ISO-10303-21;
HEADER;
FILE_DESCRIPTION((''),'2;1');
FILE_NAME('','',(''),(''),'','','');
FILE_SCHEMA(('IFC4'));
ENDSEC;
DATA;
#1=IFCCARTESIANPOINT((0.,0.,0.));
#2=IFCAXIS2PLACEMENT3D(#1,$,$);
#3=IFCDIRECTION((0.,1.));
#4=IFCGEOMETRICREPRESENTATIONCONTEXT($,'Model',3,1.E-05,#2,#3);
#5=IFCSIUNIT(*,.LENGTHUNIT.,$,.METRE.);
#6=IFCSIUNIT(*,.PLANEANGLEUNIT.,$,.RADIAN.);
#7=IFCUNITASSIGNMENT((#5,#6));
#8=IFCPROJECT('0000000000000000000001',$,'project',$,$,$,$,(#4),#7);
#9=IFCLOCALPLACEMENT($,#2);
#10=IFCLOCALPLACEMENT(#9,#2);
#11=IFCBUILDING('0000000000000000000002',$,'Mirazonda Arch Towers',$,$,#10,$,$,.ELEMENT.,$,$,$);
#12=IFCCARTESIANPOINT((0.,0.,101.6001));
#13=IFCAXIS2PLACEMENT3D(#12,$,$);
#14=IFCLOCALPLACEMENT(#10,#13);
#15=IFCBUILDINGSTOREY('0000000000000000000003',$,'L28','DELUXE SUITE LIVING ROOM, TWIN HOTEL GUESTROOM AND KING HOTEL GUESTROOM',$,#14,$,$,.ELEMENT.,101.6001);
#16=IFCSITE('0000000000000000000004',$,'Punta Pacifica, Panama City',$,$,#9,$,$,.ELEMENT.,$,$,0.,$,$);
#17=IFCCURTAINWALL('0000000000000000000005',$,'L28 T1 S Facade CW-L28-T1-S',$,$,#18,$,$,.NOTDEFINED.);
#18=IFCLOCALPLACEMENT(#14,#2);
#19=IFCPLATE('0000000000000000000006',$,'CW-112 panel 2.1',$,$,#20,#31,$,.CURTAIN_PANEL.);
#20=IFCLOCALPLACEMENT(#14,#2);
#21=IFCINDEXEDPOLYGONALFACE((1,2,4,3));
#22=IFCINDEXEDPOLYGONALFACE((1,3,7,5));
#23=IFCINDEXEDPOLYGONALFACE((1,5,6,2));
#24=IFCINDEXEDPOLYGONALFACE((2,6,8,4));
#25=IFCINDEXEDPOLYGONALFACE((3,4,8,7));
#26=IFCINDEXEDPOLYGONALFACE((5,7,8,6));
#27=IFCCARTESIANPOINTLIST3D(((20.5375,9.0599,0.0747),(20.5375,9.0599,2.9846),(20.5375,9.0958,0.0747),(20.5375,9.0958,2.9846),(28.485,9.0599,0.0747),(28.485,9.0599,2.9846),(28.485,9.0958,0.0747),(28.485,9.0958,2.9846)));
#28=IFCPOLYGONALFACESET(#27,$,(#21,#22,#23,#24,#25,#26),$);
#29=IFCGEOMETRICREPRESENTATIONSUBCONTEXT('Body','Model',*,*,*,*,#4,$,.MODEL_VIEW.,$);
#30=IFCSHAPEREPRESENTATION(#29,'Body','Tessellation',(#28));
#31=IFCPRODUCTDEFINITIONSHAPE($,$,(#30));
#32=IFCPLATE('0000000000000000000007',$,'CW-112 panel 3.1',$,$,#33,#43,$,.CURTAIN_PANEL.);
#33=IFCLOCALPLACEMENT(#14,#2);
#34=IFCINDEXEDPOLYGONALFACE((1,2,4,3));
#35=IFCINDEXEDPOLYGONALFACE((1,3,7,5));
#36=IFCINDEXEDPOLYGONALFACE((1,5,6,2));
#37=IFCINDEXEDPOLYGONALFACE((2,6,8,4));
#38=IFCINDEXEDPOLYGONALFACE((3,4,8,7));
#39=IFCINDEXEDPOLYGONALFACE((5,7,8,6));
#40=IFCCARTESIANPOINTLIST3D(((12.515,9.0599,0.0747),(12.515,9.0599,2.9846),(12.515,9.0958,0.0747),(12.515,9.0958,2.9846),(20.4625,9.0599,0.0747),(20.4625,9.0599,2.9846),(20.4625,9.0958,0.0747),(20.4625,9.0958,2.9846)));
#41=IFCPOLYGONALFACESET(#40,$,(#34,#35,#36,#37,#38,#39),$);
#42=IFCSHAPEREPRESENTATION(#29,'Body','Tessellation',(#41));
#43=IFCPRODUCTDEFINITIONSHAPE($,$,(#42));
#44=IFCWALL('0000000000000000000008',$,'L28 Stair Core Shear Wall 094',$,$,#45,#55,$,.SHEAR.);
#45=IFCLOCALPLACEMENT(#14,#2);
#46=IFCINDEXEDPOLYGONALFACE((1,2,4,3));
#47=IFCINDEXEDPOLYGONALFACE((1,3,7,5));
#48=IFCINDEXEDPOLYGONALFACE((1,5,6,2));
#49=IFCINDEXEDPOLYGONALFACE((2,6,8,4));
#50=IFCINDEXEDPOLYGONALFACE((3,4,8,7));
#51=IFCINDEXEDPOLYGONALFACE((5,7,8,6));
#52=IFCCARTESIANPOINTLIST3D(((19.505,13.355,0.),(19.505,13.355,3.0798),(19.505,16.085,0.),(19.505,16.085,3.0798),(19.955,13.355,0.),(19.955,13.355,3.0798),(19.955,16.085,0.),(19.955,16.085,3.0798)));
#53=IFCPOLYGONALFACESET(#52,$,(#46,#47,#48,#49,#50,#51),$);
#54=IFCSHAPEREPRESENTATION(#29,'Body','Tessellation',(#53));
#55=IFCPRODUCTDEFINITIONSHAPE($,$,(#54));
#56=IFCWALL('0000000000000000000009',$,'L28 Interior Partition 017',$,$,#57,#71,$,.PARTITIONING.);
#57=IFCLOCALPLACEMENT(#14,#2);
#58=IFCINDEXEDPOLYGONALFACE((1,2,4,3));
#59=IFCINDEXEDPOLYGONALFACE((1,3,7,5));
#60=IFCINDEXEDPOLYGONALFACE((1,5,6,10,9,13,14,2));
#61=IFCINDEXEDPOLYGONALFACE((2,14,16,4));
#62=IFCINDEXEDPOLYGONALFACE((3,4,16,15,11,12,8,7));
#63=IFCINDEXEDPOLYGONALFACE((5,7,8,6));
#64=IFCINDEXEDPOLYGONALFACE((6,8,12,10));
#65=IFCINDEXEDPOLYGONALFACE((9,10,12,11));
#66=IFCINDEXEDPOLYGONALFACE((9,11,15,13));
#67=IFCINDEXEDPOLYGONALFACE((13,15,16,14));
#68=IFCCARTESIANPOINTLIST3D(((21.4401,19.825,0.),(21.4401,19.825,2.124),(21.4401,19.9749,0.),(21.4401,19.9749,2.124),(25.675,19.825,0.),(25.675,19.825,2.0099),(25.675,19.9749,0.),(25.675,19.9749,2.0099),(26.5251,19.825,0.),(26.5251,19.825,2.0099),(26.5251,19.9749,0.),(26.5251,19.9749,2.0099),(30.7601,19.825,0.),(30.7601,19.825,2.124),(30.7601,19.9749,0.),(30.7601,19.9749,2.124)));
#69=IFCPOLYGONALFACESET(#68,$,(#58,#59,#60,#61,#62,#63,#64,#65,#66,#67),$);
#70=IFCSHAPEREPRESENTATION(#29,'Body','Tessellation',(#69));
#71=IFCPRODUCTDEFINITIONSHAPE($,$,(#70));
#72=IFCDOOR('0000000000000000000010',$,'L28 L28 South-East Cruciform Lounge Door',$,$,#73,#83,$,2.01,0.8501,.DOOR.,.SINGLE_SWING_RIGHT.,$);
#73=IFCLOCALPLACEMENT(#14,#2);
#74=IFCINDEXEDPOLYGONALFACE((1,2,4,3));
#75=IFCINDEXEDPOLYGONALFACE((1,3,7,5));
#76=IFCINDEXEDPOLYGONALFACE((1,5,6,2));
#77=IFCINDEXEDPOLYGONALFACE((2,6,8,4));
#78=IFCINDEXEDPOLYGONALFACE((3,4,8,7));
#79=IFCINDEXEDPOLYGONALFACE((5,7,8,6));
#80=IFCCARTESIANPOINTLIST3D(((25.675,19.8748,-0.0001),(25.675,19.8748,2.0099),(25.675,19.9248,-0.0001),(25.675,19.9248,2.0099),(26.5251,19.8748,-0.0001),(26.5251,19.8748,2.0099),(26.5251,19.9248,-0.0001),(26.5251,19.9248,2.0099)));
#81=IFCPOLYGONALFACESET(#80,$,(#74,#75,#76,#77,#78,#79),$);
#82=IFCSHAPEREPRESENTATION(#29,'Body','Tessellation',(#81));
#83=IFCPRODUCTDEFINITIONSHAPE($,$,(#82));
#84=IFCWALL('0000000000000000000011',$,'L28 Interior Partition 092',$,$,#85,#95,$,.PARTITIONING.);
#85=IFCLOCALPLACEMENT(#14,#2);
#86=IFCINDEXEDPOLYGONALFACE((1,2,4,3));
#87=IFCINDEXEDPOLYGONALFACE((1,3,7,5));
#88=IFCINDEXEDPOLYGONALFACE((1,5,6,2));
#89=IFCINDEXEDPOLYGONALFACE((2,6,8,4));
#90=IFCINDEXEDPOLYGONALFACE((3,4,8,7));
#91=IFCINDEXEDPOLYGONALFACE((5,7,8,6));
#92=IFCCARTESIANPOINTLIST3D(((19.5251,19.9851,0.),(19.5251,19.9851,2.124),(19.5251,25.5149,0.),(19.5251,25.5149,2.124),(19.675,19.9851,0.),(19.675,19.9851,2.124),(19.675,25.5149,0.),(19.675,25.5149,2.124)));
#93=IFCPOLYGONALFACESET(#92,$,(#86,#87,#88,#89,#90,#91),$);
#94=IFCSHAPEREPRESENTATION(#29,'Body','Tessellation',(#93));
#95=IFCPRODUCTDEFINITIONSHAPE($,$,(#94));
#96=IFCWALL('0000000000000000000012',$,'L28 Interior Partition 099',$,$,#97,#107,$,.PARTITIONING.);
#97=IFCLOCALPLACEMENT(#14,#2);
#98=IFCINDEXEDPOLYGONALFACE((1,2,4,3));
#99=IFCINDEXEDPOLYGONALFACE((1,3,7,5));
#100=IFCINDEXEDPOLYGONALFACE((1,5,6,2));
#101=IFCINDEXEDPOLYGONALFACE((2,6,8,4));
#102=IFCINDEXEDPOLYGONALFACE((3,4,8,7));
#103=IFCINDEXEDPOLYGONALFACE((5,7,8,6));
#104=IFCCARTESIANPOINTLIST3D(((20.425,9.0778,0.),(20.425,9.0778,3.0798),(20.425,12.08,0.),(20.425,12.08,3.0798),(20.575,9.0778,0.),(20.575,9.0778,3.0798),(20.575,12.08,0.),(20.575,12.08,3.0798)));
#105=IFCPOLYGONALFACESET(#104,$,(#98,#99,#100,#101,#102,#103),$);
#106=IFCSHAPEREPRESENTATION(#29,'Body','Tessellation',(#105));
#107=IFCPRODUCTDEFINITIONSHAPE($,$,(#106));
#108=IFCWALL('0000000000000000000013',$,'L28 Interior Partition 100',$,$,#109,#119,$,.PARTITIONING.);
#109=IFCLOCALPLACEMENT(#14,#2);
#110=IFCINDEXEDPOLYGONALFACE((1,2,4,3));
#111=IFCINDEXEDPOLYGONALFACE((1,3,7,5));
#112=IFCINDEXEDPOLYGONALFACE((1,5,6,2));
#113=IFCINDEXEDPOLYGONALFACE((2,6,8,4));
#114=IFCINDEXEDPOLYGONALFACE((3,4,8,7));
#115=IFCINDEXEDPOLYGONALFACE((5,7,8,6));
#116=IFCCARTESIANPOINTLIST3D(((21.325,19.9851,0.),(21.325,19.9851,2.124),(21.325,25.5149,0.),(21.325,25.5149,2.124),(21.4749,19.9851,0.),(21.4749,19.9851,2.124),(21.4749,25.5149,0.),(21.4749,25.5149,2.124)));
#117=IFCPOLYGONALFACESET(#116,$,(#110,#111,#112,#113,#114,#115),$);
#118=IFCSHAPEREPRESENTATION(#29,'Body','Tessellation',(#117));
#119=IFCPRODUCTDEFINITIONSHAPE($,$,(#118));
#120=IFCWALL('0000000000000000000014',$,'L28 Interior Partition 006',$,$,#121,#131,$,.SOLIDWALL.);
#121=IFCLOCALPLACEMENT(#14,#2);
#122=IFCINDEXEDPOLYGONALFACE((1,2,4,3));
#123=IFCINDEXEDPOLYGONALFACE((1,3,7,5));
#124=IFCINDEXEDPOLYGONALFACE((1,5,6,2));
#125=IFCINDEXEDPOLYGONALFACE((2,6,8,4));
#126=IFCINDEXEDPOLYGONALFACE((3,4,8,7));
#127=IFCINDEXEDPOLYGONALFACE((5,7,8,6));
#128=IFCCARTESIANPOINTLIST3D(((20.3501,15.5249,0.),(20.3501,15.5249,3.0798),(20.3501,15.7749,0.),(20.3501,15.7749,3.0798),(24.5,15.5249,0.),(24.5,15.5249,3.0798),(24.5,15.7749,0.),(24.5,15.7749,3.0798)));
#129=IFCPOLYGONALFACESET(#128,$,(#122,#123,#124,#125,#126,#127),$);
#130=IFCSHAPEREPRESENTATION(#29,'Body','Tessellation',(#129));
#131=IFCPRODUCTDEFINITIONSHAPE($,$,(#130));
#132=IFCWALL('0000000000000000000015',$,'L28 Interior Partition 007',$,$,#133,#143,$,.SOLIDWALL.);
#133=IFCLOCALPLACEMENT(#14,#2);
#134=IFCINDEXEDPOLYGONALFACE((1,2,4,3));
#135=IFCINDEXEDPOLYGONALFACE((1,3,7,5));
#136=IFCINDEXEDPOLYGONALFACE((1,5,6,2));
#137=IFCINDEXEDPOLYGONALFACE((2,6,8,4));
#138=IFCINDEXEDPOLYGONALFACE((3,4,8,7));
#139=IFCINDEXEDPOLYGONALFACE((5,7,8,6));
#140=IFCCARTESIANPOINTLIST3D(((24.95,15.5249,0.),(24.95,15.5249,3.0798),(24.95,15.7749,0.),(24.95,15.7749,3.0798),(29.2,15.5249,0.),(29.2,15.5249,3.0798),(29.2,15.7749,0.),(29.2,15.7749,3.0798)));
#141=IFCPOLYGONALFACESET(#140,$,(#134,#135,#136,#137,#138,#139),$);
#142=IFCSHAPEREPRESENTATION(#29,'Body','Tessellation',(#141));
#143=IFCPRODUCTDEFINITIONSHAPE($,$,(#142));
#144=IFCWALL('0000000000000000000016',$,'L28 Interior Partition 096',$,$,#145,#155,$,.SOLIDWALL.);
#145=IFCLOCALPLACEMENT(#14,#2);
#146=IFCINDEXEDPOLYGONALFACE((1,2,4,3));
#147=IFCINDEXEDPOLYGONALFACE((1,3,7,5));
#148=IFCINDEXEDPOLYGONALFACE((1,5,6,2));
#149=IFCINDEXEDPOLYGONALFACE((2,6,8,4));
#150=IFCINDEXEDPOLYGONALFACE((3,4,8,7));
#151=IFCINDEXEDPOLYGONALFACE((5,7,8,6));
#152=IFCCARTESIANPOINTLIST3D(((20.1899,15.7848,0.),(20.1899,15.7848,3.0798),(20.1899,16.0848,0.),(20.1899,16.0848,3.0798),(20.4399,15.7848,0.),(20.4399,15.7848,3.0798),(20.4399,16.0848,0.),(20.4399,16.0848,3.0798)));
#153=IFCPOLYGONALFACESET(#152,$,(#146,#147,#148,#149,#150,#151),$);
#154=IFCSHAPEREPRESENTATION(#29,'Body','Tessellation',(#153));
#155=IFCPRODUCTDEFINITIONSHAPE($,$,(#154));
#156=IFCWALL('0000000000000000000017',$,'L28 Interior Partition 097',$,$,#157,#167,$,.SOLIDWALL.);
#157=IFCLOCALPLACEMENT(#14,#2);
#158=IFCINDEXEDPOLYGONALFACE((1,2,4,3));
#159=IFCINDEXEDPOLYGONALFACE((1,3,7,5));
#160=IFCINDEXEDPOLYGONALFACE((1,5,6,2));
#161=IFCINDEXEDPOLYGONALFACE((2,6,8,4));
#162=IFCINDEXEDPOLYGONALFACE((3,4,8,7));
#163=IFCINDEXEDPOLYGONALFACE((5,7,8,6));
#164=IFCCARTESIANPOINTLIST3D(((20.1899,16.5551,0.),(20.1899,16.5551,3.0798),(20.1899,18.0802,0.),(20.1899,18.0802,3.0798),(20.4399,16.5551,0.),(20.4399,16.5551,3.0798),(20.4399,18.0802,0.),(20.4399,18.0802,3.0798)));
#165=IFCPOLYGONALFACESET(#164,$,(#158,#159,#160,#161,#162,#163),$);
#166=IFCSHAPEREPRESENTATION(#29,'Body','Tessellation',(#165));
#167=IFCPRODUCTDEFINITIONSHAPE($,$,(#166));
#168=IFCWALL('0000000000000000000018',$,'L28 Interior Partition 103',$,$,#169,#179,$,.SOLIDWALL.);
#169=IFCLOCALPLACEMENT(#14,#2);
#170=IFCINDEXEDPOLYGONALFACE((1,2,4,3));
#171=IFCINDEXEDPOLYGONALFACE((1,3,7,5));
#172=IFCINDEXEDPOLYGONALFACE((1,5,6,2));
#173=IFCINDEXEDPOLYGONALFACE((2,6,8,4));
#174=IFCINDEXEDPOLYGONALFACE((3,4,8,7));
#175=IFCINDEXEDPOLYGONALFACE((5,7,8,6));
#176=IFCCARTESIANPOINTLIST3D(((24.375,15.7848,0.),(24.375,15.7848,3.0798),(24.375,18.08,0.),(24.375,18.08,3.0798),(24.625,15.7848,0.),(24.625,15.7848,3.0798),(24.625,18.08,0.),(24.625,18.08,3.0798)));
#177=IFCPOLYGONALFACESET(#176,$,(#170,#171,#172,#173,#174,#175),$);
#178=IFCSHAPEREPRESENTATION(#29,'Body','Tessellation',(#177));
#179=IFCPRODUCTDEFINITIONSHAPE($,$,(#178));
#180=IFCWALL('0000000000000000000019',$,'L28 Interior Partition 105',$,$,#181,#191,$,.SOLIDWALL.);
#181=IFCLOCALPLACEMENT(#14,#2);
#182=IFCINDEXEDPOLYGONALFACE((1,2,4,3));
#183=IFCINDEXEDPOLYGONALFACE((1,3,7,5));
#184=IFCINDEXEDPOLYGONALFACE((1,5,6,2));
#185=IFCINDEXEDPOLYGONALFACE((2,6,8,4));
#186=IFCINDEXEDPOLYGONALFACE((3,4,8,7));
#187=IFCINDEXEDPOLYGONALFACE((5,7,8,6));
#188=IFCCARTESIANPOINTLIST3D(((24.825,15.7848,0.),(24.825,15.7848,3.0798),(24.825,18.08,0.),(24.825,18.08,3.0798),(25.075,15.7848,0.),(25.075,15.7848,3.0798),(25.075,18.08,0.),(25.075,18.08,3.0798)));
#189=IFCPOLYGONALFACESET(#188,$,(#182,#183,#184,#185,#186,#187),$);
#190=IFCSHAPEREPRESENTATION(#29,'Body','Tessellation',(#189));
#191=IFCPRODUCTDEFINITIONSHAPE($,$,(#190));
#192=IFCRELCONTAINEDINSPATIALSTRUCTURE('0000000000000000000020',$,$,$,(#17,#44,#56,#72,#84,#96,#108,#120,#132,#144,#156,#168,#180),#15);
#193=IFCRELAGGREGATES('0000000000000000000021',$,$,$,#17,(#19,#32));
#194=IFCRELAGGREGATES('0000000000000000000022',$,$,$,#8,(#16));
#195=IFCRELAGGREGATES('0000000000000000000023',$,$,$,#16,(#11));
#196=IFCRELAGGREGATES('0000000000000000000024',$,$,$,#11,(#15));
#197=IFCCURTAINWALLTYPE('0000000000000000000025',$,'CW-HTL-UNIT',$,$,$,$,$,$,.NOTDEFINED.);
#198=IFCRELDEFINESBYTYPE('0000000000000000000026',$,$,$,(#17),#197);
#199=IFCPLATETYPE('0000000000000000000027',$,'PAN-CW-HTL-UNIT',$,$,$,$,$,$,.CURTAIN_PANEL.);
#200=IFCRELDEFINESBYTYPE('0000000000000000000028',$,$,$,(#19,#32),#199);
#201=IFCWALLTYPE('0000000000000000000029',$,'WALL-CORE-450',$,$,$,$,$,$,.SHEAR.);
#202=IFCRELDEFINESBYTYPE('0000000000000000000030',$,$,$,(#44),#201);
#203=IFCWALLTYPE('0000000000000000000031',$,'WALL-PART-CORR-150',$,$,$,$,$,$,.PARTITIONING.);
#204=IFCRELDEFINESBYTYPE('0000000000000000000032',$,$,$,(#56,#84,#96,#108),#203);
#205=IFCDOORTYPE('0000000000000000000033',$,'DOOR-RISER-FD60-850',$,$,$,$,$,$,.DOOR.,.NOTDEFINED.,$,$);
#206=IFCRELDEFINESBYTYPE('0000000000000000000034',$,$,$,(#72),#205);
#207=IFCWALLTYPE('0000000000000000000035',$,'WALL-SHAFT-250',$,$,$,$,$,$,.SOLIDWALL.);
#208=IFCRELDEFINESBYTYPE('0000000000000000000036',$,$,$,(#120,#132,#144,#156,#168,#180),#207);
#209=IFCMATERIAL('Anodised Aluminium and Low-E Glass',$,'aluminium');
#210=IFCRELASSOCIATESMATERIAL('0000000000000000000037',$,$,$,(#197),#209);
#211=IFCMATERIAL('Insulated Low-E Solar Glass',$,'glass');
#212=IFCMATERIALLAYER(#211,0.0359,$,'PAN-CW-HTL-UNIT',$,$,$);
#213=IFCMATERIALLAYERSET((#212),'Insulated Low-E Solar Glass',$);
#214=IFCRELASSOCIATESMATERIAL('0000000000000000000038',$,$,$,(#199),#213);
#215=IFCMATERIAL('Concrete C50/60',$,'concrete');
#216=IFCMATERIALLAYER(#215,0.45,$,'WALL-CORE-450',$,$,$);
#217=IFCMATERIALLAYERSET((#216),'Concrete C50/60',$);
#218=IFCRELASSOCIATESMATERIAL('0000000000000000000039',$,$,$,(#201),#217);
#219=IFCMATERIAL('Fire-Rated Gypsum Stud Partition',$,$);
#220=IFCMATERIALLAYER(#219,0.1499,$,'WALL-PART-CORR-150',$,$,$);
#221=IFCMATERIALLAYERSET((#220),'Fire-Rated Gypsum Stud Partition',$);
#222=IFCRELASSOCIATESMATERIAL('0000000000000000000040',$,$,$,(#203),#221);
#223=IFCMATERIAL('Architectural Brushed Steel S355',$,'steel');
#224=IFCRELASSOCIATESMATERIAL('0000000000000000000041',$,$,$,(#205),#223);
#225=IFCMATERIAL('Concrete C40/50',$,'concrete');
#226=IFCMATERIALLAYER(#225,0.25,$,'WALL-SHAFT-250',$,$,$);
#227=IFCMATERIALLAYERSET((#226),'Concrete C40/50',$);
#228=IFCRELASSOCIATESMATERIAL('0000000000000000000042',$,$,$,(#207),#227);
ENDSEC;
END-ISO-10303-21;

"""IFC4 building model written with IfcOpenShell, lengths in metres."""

from ifc_helpers import new_model, si_unit, direction, frame, frame_2d, origin, origin_2d, place, context, subcontext, project, spatial, rectangle, extrude, material, layer, layer_set, type_object, element, fill, aggregate, save


model = new_model("IFC4")

# Units and contexts
model_context = context("Model", 3, precision=1e-05, world=origin(), true_north=direction((0.0, 1.0)))
body_context = subcontext(model_context, "Body", "Model", "MODEL_VIEW")
ifc_project = project(units=[si_unit("LENGTHUNIT", "METRE"), si_unit("PLANEANGLEUNIT", "RADIAN")], contexts=[model_context])

# Site, building, storey
site_placement = place(None, origin())
site = spatial("IfcSite", under=ifc_project, at=site_placement, Name="Punta Pacifica, Panama City", CompositionType="ELEMENT", RefElevation=0.0)
building_placement = place(site_placement, origin())
building = spatial("IfcBuilding", under=site, at=building_placement, Name="Mirazonda Arch Towers", CompositionType="ELEMENT")
storey_placement = place(building_placement, frame((0.0, 0.0, 101.6001)))
storey = spatial("IfcBuildingStorey", under=building, at=storey_placement, Name="L28", Description="DELUXE SUITE LIVING ROOM, TWIN HOTEL GUESTROOM AND KING HOTEL GUESTROOM", CompositionType="ELEMENT", Elevation=101.6001)

# Shared definitions
ifc_material_1 = material(Name="Concrete C50/60", Category="concrete")

# Curtain wall, plates
ifc_material_2 = material(Name="Anodised Aluminium and Low-E Glass", Category="aluminium")
curtain_wall_type = type_object("IfcCurtainWallType", Name="CW-HTL-UNIT", PredefinedType="NOTDEFINED", material=ifc_material_2)
curtain_wall_placement = place(storey_placement, origin())
curtain_wall = element("IfcCurtainWall", 1, at=curtain_wall_placement, inside=storey, type_object=curtain_wall_type, Name="L28 T1 S Facade CW-L28-T1-S", PredefinedType="NOTDEFINED")
ifc_material_3 = material(Name="Insulated Low-E Solar Glass", Category="glass")
ifc_layer_1 = layer(ifc_material_3, 0.0359, Name="PAN-CW-HTL-UNIT")
ifc_layer_set_1 = layer_set([ifc_layer_1], Name="Insulated Low-E Solar Glass")
plate_type = type_object("IfcPlateType", Name="PAN-CW-HTL-UNIT", PredefinedType="CURTAIN_PANEL", material=ifc_layer_set_1)
plate_1_placement = place(storey_placement, frame((24.5112, 9.0779, 0.0747), z_axis=(0.0, 0.0, 1.0), x_axis=(-1.0, 0.0, 0.0)))
plate_1 = element("IfcPlate", 2, at=plate_1_placement, type_object=plate_type, Name="CW-112 panel 2.1", PredefinedType="CURTAIN_PANEL", context=body_context, shape_type="SweptSolid", body=[
    extrude(rectangle(XDim=7.9475, YDim=0.0359, at=origin_2d()), origin(), (0.0, 0.0, 1.0), 2.9099),
])
plate_2_placement = place(storey_placement, frame((16.4888, 9.0779, 0.0747), z_axis=(0.0, 0.0, 1.0), x_axis=(-1.0, 0.0, 0.0)))
plate_2 = element("IfcPlate", 3, at=plate_2_placement, type_object=plate_type, Name="CW-112 panel 3.1", PredefinedType="CURTAIN_PANEL", context=body_context, shape_type="SweptSolid", body=[
    extrude(rectangle(XDim=7.9475, YDim=0.0359, at=origin_2d()), origin(), (0.0, 0.0, 1.0), 2.9099),
])
aggregate(curtain_wall, [plate_1, plate_2])

# Wall
ifc_layer_2 = layer(ifc_material_1, 0.45, Name="WALL-CORE-450")
ifc_layer_set_2 = layer_set([ifc_layer_2], Name="Concrete C50/60")
wall_type_1 = type_object("IfcWallType", Name="WALL-CORE-450", PredefinedType="SHEAR", material=ifc_layer_set_2)
wall_1_placement = place(storey_placement, frame((19.73, 13.355, 0.0), z_axis=(0.0, 0.0, 1.0), x_axis=(0.0, 1.0, 0.0)))
element("IfcWall", 4, at=wall_1_placement, inside=storey, type_object=wall_type_1, Name="L28 Stair Core Shear Wall 094", PredefinedType="SHEAR", context=body_context, shape_type="SweptSolid", body=[
    extrude(rectangle(XDim=2.73, YDim=0.45, at=frame_2d((1.365, 0.0))), origin(), (0.0, 0.0, 1.0), 3.0798),
])

# Wall, opening, door
ifc_material_4 = material(Name="Fire-Rated Gypsum Stud Partition")
ifc_layer_3 = layer(ifc_material_4, 0.1499, Name="WALL-PART-CORR-150")
ifc_layer_set_3 = layer_set([ifc_layer_3], Name="Fire-Rated Gypsum Stud Partition")
wall_type_2 = type_object("IfcWallType", Name="WALL-PART-CORR-150", PredefinedType="PARTITIONING", material=ifc_layer_set_3)
wall_2_placement = place(storey_placement, frame((21.4399, 19.8999, 0.0), z_axis=(0.0, 0.0, 1.0), x_axis=(1.0, 0.0, 0.0)))
wall_2 = element("IfcWall", 5, at=wall_2_placement, inside=storey, type_object=wall_type_2, Name="L28 Interior Partition 017", PredefinedType="PARTITIONING", context=body_context, shape_type="SweptSolid", body=[
    extrude(rectangle(XDim=9.3201, YDim=0.1499, at=frame_2d((4.6602, 0.0))), origin(), (0.0, 0.0, 1.0), 2.124),
])
opening_placement = place(wall_2_placement, frame((4.2351, 0.0, 0.0)))
opening = element("IfcOpeningElement", 6, at=opening_placement, cuts=wall_2, PredefinedType="OPENING", context=body_context, shape_type="SweptSolid", body=[
    extrude(rectangle(XDim=0.8501, YDim=2.01, at=frame_2d((0.425, 1.0049))), frame((0.0, 0.085, 0.0), z_axis=(0.0, -1.0, 0.0), x_axis=(1.0, 0.0, 0.0)), (0.0, 0.0, 1.0), 0.1699),
])
ifc_material_5 = material(Name="Architectural Brushed Steel S355", Category="steel")
door_type = type_object("IfcDoorType", Name="DOOR-RISER-FD60-850", OperationType="NOTDEFINED", PredefinedType="DOOR", material=ifc_material_5)
door_placement = place(opening_placement, origin())
door = element("IfcDoor", 7, at=door_placement, inside=storey, type_object=door_type, Name="L28 L28 South-East Cruciform Lounge Door", OperationType="SINGLE_SWING_RIGHT", OverallHeight=2.01, OverallWidth=0.8501, PredefinedType="DOOR", context=body_context, shape_type="SweptSolid", body=[
    extrude(rectangle(XDim=0.8501, YDim=2.01, at=frame_2d((0.425, 1.0049))), frame((0.0, 0.0249, 0.0), z_axis=(0.0, -1.0, 0.0), x_axis=(1.0, 0.0, 0.0)), (0.0, 0.0, 1.0), 0.05),
])
fill(opening, door)

# Walls
wall_3_placement = place(storey_placement, frame((19.6001, 19.9851, 0.0), z_axis=(0.0, 0.0, 1.0), x_axis=(0.0, 1.0, 0.0)))
element("IfcWall", 8, at=wall_3_placement, inside=storey, type_object=wall_type_2, Name="L28 Interior Partition 092", PredefinedType="PARTITIONING", context=body_context, shape_type="SweptSolid", body=[
    extrude(rectangle(XDim=5.5298, YDim=0.1499, at=frame_2d((2.7649, 0.0))), origin(), (0.0, 0.0, 1.0), 2.124),
])
wall_4_placement = place(storey_placement, frame((20.5, 9.0779, 0.0), z_axis=(0.0, 0.0, 1.0), x_axis=(0.0, 1.0, 0.0)))
element("IfcWall", 9, at=wall_4_placement, inside=storey, type_object=wall_type_2, Name="L28 Interior Partition 099", PredefinedType="PARTITIONING", context=body_context, shape_type="SweptSolid", body=[
    extrude(rectangle(XDim=3.0022, YDim=0.1499, at=frame_2d((1.501, 0.0))), origin(), (0.0, 0.0, 1.0), 3.0798),
])
wall_5_placement = place(storey_placement, frame((21.3999, 19.9851, 0.0), z_axis=(0.0, 0.0, 1.0), x_axis=(0.0, 1.0, 0.0)))
element("IfcWall", 10, at=wall_5_placement, inside=storey, type_object=wall_type_2, Name="L28 Interior Partition 100", PredefinedType="PARTITIONING", context=body_context, shape_type="SweptSolid", body=[
    extrude(rectangle(XDim=5.5298, YDim=0.1499, at=frame_2d((2.7649, 0.0))), origin(), (0.0, 0.0, 1.0), 2.124),
])
ifc_material_6 = material(Name="Concrete C40/50", Category="concrete")
ifc_layer_4 = layer(ifc_material_6, 0.25, Name="WALL-SHAFT-250")
ifc_layer_set_4 = layer_set([ifc_layer_4], Name="Concrete C40/50")
wall_type_3 = type_object("IfcWallType", Name="WALL-SHAFT-250", PredefinedType="SOLIDWALL", material=ifc_layer_set_4)
wall_6_placement = place(storey_placement, frame((20.3501, 15.6499, 0.0), z_axis=(0.0, 0.0, 1.0), x_axis=(1.0, 0.0, 0.0)))
element("IfcWall", 11, at=wall_6_placement, inside=storey, type_object=wall_type_3, Name="L28 Interior Partition 006", PredefinedType="SOLIDWALL", context=body_context, shape_type="SweptSolid", body=[
    extrude(rectangle(XDim=4.1499, YDim=0.25, at=frame_2d((2.075, 0.0))), origin(), (0.0, 0.0, 1.0), 3.0798),
])
wall_7_placement = place(storey_placement, frame((24.95, 15.6499, 0.0), z_axis=(0.0, 0.0, 1.0), x_axis=(1.0, 0.0, 0.0)))
element("IfcWall", 12, at=wall_7_placement, inside=storey, type_object=wall_type_3, Name="L28 Interior Partition 007", PredefinedType="SOLIDWALL", context=body_context, shape_type="SweptSolid", body=[
    extrude(rectangle(XDim=4.25, YDim=0.25, at=frame_2d((2.125, 0.0))), origin(), (0.0, 0.0, 1.0), 3.0798),
])
wall_8_placement = place(storey_placement, frame((20.3149, 15.7849, 0.0), z_axis=(0.0, 0.0, 1.0), x_axis=(0.0, 1.0, 0.0)))
element("IfcWall", 13, at=wall_8_placement, inside=storey, type_object=wall_type_3, Name="L28 Interior Partition 096", PredefinedType="SOLIDWALL", context=body_context, shape_type="SweptSolid", body=[
    extrude(rectangle(XDim=0.3, YDim=0.25, at=frame_2d((0.1499, 0.0))), origin(), (0.0, 0.0, 1.0), 3.0798),
])
wall_9_placement = place(storey_placement, frame((20.3149, 16.5549, 0.0), z_axis=(0.0, 0.0, 1.0), x_axis=(0.0, 1.0, 0.0)))
element("IfcWall", 14, at=wall_9_placement, inside=storey, type_object=wall_type_3, Name="L28 Interior Partition 097", PredefinedType="SOLIDWALL", context=body_context, shape_type="SweptSolid", body=[
    extrude(rectangle(XDim=1.5251, YDim=0.25, at=frame_2d((0.7627, 0.0))), origin(), (0.0, 0.0, 1.0), 3.0798),
])
for number, where, z_axis, x_axis, name in (
    (15, (24.5, 15.7849, 0.0), (0.0, 0.0, 1.0), (0.0, 1.0, 0.0), "L28 Interior Partition 103"),
    (16, (24.95, 15.7849, 0.0), (0.0, 0.0, 1.0), (0.0, 1.0, 0.0), "L28 Interior Partition 105"),
):
    element("IfcWall", number, at=place(storey_placement, frame(where, z_axis=z_axis, x_axis=x_axis)), inside=storey, type_object=wall_type_3, Name=name, PredefinedType="SOLIDWALL", context=body_context, shape_type="SweptSolid", body=[
        extrude(rectangle(XDim=2.2952, YDim=0.25, at=frame_2d((1.1475, 0.0))), origin(), (0.0, 0.0, 1.0), 3.0798),
    ])

save(model, "model.ifc")
